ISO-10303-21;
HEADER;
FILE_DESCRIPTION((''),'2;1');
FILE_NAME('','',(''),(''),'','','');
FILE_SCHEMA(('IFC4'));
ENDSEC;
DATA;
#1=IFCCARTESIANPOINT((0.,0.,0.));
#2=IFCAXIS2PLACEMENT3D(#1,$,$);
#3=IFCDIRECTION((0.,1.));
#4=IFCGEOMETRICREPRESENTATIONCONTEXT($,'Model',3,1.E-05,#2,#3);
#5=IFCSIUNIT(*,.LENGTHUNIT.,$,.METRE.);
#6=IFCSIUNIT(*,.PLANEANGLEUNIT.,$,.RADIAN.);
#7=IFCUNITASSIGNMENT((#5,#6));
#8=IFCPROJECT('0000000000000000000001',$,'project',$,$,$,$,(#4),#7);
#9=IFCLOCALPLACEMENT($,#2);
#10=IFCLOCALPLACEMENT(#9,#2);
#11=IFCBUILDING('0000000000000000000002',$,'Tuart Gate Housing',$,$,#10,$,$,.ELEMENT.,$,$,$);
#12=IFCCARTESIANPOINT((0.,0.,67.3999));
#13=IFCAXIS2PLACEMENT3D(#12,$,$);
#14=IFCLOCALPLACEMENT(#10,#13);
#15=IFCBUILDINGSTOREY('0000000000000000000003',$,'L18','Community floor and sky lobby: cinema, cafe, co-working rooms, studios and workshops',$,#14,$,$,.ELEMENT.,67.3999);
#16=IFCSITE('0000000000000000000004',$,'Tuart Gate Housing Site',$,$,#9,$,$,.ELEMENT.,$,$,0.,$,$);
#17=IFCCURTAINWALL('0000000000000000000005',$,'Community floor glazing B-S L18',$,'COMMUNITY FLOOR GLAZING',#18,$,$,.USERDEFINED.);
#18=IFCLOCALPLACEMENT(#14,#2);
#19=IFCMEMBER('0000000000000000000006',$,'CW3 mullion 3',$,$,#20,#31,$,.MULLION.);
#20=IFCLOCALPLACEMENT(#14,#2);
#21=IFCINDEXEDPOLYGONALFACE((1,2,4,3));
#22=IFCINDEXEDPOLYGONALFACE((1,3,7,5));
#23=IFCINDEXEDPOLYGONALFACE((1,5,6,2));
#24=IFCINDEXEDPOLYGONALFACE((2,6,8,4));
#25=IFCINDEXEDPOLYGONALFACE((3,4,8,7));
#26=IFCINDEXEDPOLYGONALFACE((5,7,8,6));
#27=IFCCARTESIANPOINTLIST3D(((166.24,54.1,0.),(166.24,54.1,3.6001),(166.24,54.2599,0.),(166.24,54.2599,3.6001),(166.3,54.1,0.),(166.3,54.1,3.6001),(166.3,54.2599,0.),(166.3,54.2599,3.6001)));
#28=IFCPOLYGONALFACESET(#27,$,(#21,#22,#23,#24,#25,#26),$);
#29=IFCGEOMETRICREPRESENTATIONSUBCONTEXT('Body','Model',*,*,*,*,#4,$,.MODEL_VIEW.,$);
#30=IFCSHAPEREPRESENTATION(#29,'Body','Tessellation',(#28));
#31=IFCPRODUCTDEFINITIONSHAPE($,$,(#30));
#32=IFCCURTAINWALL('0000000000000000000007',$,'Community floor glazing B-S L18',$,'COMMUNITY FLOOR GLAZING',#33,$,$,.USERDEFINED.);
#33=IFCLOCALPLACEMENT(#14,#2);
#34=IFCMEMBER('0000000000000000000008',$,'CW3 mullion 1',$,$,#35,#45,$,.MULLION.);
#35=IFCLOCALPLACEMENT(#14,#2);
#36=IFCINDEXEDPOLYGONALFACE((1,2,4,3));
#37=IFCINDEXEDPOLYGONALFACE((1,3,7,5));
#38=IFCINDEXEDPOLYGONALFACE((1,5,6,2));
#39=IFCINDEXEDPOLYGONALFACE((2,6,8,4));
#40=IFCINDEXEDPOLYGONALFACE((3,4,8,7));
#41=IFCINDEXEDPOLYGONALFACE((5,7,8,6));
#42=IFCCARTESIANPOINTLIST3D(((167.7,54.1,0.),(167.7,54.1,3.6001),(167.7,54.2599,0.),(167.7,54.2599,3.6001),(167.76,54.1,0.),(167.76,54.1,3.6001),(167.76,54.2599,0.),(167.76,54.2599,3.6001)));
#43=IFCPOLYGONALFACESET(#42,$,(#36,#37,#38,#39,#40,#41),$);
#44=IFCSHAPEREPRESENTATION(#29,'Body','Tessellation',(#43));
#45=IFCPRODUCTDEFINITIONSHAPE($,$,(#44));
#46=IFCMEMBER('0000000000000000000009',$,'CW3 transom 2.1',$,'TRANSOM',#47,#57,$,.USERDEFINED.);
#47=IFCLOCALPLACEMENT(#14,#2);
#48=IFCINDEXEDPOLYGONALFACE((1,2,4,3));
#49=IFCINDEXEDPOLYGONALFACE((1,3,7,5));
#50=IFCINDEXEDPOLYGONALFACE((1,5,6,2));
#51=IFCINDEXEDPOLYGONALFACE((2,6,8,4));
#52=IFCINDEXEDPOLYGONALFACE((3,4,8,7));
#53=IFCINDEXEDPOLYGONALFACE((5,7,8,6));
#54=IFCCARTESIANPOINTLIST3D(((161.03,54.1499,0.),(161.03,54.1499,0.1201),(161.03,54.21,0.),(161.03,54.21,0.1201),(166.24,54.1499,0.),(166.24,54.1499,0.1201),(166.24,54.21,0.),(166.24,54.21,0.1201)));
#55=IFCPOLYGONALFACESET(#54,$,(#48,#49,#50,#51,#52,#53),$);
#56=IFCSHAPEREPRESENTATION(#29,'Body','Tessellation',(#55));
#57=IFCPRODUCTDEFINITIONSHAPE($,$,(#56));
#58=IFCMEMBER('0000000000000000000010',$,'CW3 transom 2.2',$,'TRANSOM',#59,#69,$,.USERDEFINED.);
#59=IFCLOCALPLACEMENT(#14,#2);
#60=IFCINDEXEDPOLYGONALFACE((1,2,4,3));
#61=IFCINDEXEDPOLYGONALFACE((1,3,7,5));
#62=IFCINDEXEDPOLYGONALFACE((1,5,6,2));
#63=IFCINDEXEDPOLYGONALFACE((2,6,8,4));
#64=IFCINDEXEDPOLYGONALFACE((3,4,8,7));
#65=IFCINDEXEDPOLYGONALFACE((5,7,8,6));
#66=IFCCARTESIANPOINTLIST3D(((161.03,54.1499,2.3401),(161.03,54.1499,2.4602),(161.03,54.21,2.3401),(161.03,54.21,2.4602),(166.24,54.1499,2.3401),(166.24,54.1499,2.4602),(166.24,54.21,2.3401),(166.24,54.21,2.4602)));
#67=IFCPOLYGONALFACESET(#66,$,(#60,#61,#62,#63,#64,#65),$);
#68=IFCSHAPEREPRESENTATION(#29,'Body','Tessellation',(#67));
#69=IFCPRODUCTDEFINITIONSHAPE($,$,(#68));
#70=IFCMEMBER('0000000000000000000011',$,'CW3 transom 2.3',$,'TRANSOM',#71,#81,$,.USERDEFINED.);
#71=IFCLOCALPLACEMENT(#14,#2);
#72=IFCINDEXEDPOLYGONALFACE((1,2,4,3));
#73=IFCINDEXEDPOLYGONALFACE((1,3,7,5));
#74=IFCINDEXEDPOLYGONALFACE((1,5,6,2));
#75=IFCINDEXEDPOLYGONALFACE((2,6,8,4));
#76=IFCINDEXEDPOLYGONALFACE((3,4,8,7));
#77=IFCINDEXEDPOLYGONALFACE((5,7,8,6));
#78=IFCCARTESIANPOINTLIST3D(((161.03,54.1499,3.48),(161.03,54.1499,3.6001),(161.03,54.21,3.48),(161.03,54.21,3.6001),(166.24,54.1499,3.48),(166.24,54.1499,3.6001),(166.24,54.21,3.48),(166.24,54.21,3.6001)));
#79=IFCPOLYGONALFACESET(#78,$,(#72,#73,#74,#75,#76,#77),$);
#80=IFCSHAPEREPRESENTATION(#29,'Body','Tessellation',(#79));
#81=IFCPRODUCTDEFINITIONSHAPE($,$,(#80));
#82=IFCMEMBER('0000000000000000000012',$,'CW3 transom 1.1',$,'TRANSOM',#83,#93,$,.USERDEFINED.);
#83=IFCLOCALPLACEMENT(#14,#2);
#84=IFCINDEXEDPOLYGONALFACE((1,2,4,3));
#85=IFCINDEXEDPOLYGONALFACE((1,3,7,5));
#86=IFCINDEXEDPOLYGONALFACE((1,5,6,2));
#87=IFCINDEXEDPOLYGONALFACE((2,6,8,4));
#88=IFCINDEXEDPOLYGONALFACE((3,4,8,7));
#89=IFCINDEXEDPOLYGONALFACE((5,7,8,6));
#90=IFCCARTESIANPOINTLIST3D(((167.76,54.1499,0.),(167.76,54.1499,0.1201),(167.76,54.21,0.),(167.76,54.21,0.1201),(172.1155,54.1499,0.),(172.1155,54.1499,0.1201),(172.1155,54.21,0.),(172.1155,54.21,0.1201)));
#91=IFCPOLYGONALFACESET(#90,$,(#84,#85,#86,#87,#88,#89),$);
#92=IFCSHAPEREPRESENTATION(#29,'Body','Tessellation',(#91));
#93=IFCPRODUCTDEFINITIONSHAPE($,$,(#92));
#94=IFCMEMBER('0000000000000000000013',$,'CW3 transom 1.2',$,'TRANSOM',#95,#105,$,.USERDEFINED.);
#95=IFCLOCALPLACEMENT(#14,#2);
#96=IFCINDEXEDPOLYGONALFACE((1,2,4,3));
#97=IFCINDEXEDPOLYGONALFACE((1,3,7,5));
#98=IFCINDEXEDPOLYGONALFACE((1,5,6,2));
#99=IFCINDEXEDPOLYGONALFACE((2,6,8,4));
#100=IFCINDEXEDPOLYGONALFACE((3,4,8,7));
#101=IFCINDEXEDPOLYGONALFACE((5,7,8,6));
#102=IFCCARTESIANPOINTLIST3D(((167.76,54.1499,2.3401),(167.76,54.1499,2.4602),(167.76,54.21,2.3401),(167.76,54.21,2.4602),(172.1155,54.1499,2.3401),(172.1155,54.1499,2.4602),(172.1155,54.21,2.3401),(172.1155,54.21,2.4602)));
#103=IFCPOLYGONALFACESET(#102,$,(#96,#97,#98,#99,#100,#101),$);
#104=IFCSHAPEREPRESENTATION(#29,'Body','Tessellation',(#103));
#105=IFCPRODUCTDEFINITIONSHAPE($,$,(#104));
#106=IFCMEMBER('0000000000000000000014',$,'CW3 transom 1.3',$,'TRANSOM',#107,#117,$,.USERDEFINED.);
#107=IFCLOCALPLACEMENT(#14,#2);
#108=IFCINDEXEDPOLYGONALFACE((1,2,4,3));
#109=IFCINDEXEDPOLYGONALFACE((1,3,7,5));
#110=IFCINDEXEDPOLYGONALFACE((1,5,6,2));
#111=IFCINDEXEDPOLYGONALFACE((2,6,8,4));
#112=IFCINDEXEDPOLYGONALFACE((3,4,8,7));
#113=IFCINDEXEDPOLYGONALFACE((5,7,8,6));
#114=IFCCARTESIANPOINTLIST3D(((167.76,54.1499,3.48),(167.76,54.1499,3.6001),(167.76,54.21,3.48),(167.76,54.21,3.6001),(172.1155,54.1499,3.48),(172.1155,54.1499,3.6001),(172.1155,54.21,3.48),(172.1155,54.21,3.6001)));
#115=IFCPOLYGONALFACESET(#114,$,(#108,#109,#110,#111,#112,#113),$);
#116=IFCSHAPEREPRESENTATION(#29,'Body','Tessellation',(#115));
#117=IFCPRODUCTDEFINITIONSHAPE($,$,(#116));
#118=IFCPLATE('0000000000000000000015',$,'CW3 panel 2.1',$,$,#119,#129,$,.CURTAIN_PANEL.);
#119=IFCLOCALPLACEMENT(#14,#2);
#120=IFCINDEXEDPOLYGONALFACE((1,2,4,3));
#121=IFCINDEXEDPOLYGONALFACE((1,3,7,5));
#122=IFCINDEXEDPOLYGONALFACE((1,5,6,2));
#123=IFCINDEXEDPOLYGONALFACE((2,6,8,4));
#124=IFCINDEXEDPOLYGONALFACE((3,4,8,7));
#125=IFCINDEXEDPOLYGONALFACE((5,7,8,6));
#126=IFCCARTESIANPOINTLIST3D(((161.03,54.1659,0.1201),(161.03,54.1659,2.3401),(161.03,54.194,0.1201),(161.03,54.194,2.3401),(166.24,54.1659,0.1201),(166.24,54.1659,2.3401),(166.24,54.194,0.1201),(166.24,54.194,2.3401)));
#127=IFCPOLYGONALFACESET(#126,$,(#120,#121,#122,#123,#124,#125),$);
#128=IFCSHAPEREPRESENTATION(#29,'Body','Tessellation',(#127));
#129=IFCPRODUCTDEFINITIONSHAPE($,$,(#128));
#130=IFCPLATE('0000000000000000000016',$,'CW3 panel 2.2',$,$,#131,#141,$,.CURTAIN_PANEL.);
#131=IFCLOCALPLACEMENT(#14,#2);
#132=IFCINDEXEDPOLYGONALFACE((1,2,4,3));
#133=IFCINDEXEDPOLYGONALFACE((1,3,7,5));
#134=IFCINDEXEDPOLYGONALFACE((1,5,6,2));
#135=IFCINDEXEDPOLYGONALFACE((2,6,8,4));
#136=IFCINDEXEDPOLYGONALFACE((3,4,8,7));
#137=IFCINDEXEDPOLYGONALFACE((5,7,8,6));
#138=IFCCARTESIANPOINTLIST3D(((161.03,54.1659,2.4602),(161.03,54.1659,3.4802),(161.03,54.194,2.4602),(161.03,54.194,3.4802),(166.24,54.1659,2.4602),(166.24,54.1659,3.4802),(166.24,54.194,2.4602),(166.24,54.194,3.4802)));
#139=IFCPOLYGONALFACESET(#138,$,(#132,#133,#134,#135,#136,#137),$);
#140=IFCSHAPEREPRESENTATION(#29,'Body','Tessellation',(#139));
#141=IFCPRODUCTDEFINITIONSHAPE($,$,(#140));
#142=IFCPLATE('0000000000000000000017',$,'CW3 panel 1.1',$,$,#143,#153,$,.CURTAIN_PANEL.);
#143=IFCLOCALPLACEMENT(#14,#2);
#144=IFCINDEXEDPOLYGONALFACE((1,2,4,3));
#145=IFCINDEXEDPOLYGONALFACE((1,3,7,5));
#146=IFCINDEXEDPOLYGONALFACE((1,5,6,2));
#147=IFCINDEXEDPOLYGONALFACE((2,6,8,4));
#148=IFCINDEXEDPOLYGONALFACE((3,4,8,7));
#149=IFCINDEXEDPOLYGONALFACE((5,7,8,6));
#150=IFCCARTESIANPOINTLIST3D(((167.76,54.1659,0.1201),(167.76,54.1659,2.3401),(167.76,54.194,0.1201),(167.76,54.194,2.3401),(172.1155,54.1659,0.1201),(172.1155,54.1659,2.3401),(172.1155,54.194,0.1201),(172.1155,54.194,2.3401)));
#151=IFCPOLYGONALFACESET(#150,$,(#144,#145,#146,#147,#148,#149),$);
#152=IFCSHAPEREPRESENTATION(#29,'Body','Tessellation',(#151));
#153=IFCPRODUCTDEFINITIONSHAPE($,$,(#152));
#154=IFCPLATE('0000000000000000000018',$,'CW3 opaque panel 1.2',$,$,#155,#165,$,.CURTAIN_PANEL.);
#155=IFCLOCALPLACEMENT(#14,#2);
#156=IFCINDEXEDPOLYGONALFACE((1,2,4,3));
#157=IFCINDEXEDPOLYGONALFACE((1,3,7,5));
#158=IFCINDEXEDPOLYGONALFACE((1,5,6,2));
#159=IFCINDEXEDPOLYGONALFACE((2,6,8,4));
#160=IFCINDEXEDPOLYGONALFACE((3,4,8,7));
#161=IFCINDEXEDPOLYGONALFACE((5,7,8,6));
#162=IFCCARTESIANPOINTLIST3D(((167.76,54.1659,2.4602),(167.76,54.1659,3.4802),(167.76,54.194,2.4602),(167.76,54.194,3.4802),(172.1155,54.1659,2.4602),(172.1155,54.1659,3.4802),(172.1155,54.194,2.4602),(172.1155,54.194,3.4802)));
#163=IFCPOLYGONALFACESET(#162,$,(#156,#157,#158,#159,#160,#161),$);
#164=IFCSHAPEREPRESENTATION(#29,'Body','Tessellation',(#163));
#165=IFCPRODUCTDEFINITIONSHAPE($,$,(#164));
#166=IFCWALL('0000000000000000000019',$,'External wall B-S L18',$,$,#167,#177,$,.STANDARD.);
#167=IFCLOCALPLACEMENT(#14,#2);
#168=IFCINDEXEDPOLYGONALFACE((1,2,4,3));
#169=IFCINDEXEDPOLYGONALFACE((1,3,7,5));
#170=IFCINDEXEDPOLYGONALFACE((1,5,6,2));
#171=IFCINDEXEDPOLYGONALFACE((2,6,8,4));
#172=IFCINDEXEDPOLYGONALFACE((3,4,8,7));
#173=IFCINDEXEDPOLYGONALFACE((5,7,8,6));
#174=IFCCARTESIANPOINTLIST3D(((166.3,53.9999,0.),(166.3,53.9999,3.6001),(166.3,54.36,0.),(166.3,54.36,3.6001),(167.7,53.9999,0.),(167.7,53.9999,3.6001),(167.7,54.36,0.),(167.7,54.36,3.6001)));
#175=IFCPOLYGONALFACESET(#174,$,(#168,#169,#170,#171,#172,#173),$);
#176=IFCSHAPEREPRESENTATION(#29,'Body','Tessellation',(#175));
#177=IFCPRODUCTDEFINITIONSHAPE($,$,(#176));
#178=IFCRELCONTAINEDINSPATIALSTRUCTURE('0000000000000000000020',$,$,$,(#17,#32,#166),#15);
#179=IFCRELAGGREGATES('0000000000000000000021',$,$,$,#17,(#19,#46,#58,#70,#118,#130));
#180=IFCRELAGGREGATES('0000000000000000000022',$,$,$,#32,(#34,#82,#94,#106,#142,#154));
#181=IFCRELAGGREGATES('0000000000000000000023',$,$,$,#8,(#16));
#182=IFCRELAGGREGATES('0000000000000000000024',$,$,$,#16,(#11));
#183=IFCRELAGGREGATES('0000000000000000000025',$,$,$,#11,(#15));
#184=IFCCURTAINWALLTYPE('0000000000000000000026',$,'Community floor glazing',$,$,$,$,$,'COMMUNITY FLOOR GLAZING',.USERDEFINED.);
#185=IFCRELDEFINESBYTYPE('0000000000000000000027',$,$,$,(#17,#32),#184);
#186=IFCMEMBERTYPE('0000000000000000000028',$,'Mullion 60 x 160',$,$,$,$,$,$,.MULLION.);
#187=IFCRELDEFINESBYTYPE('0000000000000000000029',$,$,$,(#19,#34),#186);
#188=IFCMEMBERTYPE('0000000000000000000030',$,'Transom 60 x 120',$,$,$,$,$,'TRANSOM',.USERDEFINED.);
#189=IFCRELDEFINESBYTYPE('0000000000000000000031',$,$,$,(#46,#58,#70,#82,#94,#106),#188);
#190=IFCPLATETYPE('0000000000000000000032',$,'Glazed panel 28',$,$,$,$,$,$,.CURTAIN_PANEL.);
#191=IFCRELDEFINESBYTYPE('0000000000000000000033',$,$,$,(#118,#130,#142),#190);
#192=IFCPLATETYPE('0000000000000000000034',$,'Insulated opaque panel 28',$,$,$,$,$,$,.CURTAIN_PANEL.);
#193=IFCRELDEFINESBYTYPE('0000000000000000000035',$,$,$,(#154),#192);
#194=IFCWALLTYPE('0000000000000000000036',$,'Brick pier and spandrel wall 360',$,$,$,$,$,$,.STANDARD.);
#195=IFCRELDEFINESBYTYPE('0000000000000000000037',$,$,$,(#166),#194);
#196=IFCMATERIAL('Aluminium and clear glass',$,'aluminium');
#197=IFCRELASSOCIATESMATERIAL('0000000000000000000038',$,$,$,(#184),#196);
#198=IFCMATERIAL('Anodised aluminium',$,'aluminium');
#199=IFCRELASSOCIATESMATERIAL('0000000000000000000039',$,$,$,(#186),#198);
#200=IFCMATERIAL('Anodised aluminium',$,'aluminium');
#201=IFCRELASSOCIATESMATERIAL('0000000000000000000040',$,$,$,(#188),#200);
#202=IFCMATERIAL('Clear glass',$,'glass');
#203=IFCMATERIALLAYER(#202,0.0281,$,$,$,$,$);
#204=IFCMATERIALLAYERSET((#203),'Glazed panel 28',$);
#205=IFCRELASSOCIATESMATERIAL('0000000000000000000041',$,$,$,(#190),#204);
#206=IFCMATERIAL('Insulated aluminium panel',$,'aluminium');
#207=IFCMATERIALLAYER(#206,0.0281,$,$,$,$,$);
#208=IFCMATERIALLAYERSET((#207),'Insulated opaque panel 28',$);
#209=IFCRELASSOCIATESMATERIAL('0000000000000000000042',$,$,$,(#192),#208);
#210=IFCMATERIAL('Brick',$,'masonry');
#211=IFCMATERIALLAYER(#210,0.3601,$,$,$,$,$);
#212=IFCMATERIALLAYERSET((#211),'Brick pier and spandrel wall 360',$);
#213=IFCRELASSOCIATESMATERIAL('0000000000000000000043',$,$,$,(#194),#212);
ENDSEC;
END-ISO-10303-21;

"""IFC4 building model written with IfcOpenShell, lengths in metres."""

from ifc_helpers import new_model, si_unit, direction, frame, frame_2d, origin, origin_2d, place, context, subcontext, project, spatial, rectangle, extrude, material, layer, layer_set, material_profile, profile_set, type_object, element, aggregate, save


model = new_model("IFC4")

# Units and contexts
model_context = context("Model", 3, precision=1e-05, world=origin(), true_north=direction((0.0, 1.0)))
body_context = subcontext(model_context, "Body", "Model", "MODEL_VIEW")
ifc_project = project(units=[si_unit("LENGTHUNIT", "METRE"), si_unit("PLANEANGLEUNIT", "RADIAN")], contexts=[model_context])

# Site, building, storey
site_placement = place(None, origin())
site = spatial("IfcSite", under=ifc_project, at=site_placement, Name="Tuart Gate Housing Site", CompositionType="ELEMENT", RefElevation=0.0)
building_placement = place(site_placement, origin())
building = spatial("IfcBuilding", under=site, at=building_placement, Name="Tuart Gate Housing", CompositionType="ELEMENT")
storey_placement = place(building_placement, frame((0.0, 0.0, 67.3999)))
storey = spatial("IfcBuildingStorey", under=building, at=storey_placement, Name="L18", Description="Community floor and sky lobby: cinema, cafe, co-working rooms, studios and workshops", CompositionType="ELEMENT", Elevation=67.3999)

# Curtain walls, members
ifc_material_1 = material(Name="Aluminium and clear glass", Category="aluminium")
curtain_wall_type = type_object("IfcCurtainWallType", Name="Community floor glazing", ElementType="COMMUNITY FLOOR GLAZING", PredefinedType="USERDEFINED", material=ifc_material_1)
curtain_wall_1_placement = place(storey_placement, origin())
curtain_wall_1 = element("IfcCurtainWall", 1, at=curtain_wall_1_placement, inside=storey, type_object=curtain_wall_type, Name="Community floor glazing B-S L18", ObjectType="COMMUNITY FLOOR GLAZING", PredefinedType="USERDEFINED")
ifc_material_2 = material(Name="Anodised aluminium", Category="aluminium")
ifc_material_profile_1 = material_profile(ifc_material_2, rectangle(XDim=0.0601, YDim=0.1599, at=origin_2d()), Name="60x160")
ifc_profile_set_1 = profile_set([ifc_material_profile_1], Name="Anodised aluminium")
member_type_1 = type_object("IfcMemberType", Name="Mullion 60 x 160", PredefinedType="MULLION", material=ifc_profile_set_1)
member_1_placement = place(storey_placement, frame((166.27, 54.1799, 0.0), z_axis=(0.0, 0.0, 1.0), x_axis=(1.0, 0.0, 0.0)))
member_1 = element("IfcMember", 2, at=member_1_placement, type_object=member_type_1, Name="CW3 mullion 3", PredefinedType="MULLION", context=body_context, shape_type="SweptSolid", body=[
    extrude(rectangle(XDim=0.0601, YDim=0.1599, at=origin_2d()), origin(), (0.0, 0.0, 1.0), 3.6001),
])
curtain_wall_2_placement = place(storey_placement, origin())
curtain_wall_2 = element("IfcCurtainWall", 3, at=curtain_wall_2_placement, inside=storey, type_object=curtain_wall_type, Name="Community floor glazing B-S L18", ObjectType="COMMUNITY FLOOR GLAZING", PredefinedType="USERDEFINED")
member_2_placement = place(storey_placement, frame((167.73, 54.1799, 0.0), z_axis=(0.0, 0.0, 1.0), x_axis=(1.0, 0.0, 0.0)))
member_2 = element("IfcMember", 4, at=member_2_placement, type_object=member_type_1, Name="CW3 mullion 1", PredefinedType="MULLION", context=body_context, shape_type="SweptSolid", body=[
    extrude(rectangle(XDim=0.0601, YDim=0.1599, at=origin_2d()), origin(), (0.0, 0.0, 1.0), 3.6001),
])

# Members
ifc_material_3 = material(Name="Anodised aluminium", Category="aluminium")
ifc_material_profile_2 = material_profile(ifc_material_3, rectangle(XDim=0.0601, YDim=0.1201, at=origin_2d()), Name="60x120")
ifc_profile_set_2 = profile_set([ifc_material_profile_2], Name="Anodised aluminium")
member_type_2 = type_object("IfcMemberType", Name="Transom 60 x 120", ElementType="TRANSOM", PredefinedType="USERDEFINED", material=ifc_profile_set_2)
member_3_placement = place(storey_placement, frame((161.03, 54.1799, 0.0601), z_axis=(1.0, 0.0, 0.0), x_axis=(0.0, 1.0, 0.0)))
member_3 = element("IfcMember", 5, at=member_3_placement, type_object=member_type_2, Name="CW3 transom 2.1", ObjectType="TRANSOM", PredefinedType="USERDEFINED", context=body_context, shape_type="SweptSolid", body=[
    extrude(rectangle(XDim=0.0601, YDim=0.1201, at=origin_2d()), origin(), (0.0, 0.0, 1.0), 5.21),
])
member_4_placement = place(storey_placement, frame((161.03, 54.1799, 2.4001), z_axis=(1.0, 0.0, 0.0), x_axis=(0.0, 1.0, 0.0)))
member_4 = element("IfcMember", 6, at=member_4_placement, type_object=member_type_2, Name="CW3 transom 2.2", ObjectType="TRANSOM", PredefinedType="USERDEFINED", context=body_context, shape_type="SweptSolid", body=[
    extrude(rectangle(XDim=0.0601, YDim=0.1201, at=origin_2d()), origin(), (0.0, 0.0, 1.0), 5.21),
])
member_5_placement = place(storey_placement, frame((161.03, 54.1799, 3.54), z_axis=(1.0, 0.0, 0.0), x_axis=(0.0, 1.0, 0.0)))
member_5 = element("IfcMember", 7, at=member_5_placement, type_object=member_type_2, Name="CW3 transom 2.3", ObjectType="TRANSOM", PredefinedType="USERDEFINED", context=body_context, shape_type="SweptSolid", body=[
    extrude(rectangle(XDim=0.0601, YDim=0.1201, at=origin_2d()), origin(), (0.0, 0.0, 1.0), 5.21),
])
member_6_placement = place(storey_placement, frame((167.76, 54.1799, 0.0601), z_axis=(1.0, 0.0, 0.0), x_axis=(0.0, 1.0, 0.0)))
member_6 = element("IfcMember", 8, at=member_6_placement, type_object=member_type_2, Name="CW3 transom 1.1", ObjectType="TRANSOM", PredefinedType="USERDEFINED", context=body_context, shape_type="SweptSolid", body=[
    extrude(rectangle(XDim=0.0601, YDim=0.1201, at=origin_2d()), origin(), (0.0, 0.0, 1.0), 4.3555),
])
member_7_placement = place(storey_placement, frame((167.76, 54.1799, 2.4001), z_axis=(1.0, 0.0, 0.0), x_axis=(0.0, 1.0, 0.0)))
member_7 = element("IfcMember", 9, at=member_7_placement, type_object=member_type_2, Name="CW3 transom 1.2", ObjectType="TRANSOM", PredefinedType="USERDEFINED", context=body_context, shape_type="SweptSolid", body=[
    extrude(rectangle(XDim=0.0601, YDim=0.1201, at=origin_2d()), origin(), (0.0, 0.0, 1.0), 4.3555),
])
member_8_placement = place(storey_placement, frame((167.76, 54.1799, 3.54), z_axis=(1.0, 0.0, 0.0), x_axis=(0.0, 1.0, 0.0)))
member_8 = element("IfcMember", 10, at=member_8_placement, type_object=member_type_2, Name="CW3 transom 1.3", ObjectType="TRANSOM", PredefinedType="USERDEFINED", context=body_context, shape_type="SweptSolid", body=[
    extrude(rectangle(XDim=0.0601, YDim=0.1201, at=origin_2d()), origin(), (0.0, 0.0, 1.0), 4.3555),
])

# Plates
ifc_material_4 = material(Name="Clear glass", Category="glass")
ifc_layer_1 = layer(ifc_material_4, 0.0281)
ifc_layer_set_1 = layer_set([ifc_layer_1], Name="Glazed panel 28")
plate_type_1 = type_object("IfcPlateType", Name="Glazed panel 28", PredefinedType="CURTAIN_PANEL", material=ifc_layer_set_1)
plate_1_placement = place(storey_placement, frame((163.635, 54.1799, 0.1201), z_axis=(0.0, 0.0, 1.0), x_axis=(1.0, 0.0, 0.0)))
plate_1 = element("IfcPlate", 11, at=plate_1_placement, type_object=plate_type_1, Name="CW3 panel 2.1", PredefinedType="CURTAIN_PANEL", context=body_context, shape_type="SweptSolid", body=[
    extrude(rectangle(XDim=5.21, YDim=0.0281, at=origin_2d()), origin(), (0.0, 0.0, 1.0), 2.22),
])
plate_2_placement = place(storey_placement, frame((163.635, 54.1799, 2.4602), z_axis=(0.0, 0.0, 1.0), x_axis=(1.0, 0.0, 0.0)))
plate_2 = element("IfcPlate", 12, at=plate_2_placement, type_object=plate_type_1, Name="CW3 panel 2.2", PredefinedType="CURTAIN_PANEL", context=body_context, shape_type="SweptSolid", body=[
    extrude(rectangle(XDim=5.21, YDim=0.0281, at=origin_2d()), origin(), (0.0, 0.0, 1.0), 1.02),
])
aggregate(curtain_wall_1, [member_1, member_3, member_4, member_5, plate_1, plate_2])
plate_3_placement = place(storey_placement, frame((169.9377, 54.1799, 0.1201), z_axis=(0.0, 0.0, 1.0), x_axis=(1.0, 0.0, 0.0)))
plate_3 = element("IfcPlate", 13, at=plate_3_placement, type_object=plate_type_1, Name="CW3 panel 1.1", PredefinedType="CURTAIN_PANEL", context=body_context, shape_type="SweptSolid", body=[
    extrude(rectangle(XDim=4.3555, YDim=0.0281, at=origin_2d()), origin(), (0.0, 0.0, 1.0), 2.22),
])
ifc_material_5 = material(Name="Insulated aluminium panel", Category="aluminium")
ifc_layer_2 = layer(ifc_material_5, 0.0281)
ifc_layer_set_2 = layer_set([ifc_layer_2], Name="Insulated opaque panel 28")
plate_type_2 = type_object("IfcPlateType", Name="Insulated opaque panel 28", PredefinedType="CURTAIN_PANEL", material=ifc_layer_set_2)
plate_4_placement = place(storey_placement, frame((169.9377, 54.1799, 2.4602), z_axis=(0.0, 0.0, 1.0), x_axis=(1.0, 0.0, 0.0)))
plate_4 = element("IfcPlate", 14, at=plate_4_placement, type_object=plate_type_2, Name="CW3 opaque panel 1.2", PredefinedType="CURTAIN_PANEL", context=body_context, shape_type="SweptSolid", body=[
    extrude(rectangle(XDim=4.3555, YDim=0.0281, at=origin_2d()), origin(), (0.0, 0.0, 1.0), 1.02),
])
aggregate(curtain_wall_2, [member_2, member_6, member_7, member_8, plate_3, plate_4])

# Wall
ifc_material_6 = material(Name="Brick", Category="masonry")
ifc_layer_3 = layer(ifc_material_6, 0.3601)
ifc_layer_set_3 = layer_set([ifc_layer_3], Name="Brick pier and spandrel wall 360")
wall_type = type_object("IfcWallType", Name="Brick pier and spandrel wall 360", PredefinedType="STANDARD", material=ifc_layer_set_3)
wall_placement = place(storey_placement, frame((166.3, 54.1799, 0.0), z_axis=(0.0, 0.0, 1.0), x_axis=(1.0, 0.0, 0.0)))
element("IfcWall", 15, at=wall_placement, inside=storey, type_object=wall_type, Name="External wall B-S L18", PredefinedType="STANDARD", context=body_context, shape_type="SweptSolid", body=[
    extrude(rectangle(XDim=1.3999, YDim=0.3601, at=frame_2d((0.7, 0.0))), origin(), (0.0, 0.0, 1.0), 3.6001),
])

save(model, "model.ifc")
